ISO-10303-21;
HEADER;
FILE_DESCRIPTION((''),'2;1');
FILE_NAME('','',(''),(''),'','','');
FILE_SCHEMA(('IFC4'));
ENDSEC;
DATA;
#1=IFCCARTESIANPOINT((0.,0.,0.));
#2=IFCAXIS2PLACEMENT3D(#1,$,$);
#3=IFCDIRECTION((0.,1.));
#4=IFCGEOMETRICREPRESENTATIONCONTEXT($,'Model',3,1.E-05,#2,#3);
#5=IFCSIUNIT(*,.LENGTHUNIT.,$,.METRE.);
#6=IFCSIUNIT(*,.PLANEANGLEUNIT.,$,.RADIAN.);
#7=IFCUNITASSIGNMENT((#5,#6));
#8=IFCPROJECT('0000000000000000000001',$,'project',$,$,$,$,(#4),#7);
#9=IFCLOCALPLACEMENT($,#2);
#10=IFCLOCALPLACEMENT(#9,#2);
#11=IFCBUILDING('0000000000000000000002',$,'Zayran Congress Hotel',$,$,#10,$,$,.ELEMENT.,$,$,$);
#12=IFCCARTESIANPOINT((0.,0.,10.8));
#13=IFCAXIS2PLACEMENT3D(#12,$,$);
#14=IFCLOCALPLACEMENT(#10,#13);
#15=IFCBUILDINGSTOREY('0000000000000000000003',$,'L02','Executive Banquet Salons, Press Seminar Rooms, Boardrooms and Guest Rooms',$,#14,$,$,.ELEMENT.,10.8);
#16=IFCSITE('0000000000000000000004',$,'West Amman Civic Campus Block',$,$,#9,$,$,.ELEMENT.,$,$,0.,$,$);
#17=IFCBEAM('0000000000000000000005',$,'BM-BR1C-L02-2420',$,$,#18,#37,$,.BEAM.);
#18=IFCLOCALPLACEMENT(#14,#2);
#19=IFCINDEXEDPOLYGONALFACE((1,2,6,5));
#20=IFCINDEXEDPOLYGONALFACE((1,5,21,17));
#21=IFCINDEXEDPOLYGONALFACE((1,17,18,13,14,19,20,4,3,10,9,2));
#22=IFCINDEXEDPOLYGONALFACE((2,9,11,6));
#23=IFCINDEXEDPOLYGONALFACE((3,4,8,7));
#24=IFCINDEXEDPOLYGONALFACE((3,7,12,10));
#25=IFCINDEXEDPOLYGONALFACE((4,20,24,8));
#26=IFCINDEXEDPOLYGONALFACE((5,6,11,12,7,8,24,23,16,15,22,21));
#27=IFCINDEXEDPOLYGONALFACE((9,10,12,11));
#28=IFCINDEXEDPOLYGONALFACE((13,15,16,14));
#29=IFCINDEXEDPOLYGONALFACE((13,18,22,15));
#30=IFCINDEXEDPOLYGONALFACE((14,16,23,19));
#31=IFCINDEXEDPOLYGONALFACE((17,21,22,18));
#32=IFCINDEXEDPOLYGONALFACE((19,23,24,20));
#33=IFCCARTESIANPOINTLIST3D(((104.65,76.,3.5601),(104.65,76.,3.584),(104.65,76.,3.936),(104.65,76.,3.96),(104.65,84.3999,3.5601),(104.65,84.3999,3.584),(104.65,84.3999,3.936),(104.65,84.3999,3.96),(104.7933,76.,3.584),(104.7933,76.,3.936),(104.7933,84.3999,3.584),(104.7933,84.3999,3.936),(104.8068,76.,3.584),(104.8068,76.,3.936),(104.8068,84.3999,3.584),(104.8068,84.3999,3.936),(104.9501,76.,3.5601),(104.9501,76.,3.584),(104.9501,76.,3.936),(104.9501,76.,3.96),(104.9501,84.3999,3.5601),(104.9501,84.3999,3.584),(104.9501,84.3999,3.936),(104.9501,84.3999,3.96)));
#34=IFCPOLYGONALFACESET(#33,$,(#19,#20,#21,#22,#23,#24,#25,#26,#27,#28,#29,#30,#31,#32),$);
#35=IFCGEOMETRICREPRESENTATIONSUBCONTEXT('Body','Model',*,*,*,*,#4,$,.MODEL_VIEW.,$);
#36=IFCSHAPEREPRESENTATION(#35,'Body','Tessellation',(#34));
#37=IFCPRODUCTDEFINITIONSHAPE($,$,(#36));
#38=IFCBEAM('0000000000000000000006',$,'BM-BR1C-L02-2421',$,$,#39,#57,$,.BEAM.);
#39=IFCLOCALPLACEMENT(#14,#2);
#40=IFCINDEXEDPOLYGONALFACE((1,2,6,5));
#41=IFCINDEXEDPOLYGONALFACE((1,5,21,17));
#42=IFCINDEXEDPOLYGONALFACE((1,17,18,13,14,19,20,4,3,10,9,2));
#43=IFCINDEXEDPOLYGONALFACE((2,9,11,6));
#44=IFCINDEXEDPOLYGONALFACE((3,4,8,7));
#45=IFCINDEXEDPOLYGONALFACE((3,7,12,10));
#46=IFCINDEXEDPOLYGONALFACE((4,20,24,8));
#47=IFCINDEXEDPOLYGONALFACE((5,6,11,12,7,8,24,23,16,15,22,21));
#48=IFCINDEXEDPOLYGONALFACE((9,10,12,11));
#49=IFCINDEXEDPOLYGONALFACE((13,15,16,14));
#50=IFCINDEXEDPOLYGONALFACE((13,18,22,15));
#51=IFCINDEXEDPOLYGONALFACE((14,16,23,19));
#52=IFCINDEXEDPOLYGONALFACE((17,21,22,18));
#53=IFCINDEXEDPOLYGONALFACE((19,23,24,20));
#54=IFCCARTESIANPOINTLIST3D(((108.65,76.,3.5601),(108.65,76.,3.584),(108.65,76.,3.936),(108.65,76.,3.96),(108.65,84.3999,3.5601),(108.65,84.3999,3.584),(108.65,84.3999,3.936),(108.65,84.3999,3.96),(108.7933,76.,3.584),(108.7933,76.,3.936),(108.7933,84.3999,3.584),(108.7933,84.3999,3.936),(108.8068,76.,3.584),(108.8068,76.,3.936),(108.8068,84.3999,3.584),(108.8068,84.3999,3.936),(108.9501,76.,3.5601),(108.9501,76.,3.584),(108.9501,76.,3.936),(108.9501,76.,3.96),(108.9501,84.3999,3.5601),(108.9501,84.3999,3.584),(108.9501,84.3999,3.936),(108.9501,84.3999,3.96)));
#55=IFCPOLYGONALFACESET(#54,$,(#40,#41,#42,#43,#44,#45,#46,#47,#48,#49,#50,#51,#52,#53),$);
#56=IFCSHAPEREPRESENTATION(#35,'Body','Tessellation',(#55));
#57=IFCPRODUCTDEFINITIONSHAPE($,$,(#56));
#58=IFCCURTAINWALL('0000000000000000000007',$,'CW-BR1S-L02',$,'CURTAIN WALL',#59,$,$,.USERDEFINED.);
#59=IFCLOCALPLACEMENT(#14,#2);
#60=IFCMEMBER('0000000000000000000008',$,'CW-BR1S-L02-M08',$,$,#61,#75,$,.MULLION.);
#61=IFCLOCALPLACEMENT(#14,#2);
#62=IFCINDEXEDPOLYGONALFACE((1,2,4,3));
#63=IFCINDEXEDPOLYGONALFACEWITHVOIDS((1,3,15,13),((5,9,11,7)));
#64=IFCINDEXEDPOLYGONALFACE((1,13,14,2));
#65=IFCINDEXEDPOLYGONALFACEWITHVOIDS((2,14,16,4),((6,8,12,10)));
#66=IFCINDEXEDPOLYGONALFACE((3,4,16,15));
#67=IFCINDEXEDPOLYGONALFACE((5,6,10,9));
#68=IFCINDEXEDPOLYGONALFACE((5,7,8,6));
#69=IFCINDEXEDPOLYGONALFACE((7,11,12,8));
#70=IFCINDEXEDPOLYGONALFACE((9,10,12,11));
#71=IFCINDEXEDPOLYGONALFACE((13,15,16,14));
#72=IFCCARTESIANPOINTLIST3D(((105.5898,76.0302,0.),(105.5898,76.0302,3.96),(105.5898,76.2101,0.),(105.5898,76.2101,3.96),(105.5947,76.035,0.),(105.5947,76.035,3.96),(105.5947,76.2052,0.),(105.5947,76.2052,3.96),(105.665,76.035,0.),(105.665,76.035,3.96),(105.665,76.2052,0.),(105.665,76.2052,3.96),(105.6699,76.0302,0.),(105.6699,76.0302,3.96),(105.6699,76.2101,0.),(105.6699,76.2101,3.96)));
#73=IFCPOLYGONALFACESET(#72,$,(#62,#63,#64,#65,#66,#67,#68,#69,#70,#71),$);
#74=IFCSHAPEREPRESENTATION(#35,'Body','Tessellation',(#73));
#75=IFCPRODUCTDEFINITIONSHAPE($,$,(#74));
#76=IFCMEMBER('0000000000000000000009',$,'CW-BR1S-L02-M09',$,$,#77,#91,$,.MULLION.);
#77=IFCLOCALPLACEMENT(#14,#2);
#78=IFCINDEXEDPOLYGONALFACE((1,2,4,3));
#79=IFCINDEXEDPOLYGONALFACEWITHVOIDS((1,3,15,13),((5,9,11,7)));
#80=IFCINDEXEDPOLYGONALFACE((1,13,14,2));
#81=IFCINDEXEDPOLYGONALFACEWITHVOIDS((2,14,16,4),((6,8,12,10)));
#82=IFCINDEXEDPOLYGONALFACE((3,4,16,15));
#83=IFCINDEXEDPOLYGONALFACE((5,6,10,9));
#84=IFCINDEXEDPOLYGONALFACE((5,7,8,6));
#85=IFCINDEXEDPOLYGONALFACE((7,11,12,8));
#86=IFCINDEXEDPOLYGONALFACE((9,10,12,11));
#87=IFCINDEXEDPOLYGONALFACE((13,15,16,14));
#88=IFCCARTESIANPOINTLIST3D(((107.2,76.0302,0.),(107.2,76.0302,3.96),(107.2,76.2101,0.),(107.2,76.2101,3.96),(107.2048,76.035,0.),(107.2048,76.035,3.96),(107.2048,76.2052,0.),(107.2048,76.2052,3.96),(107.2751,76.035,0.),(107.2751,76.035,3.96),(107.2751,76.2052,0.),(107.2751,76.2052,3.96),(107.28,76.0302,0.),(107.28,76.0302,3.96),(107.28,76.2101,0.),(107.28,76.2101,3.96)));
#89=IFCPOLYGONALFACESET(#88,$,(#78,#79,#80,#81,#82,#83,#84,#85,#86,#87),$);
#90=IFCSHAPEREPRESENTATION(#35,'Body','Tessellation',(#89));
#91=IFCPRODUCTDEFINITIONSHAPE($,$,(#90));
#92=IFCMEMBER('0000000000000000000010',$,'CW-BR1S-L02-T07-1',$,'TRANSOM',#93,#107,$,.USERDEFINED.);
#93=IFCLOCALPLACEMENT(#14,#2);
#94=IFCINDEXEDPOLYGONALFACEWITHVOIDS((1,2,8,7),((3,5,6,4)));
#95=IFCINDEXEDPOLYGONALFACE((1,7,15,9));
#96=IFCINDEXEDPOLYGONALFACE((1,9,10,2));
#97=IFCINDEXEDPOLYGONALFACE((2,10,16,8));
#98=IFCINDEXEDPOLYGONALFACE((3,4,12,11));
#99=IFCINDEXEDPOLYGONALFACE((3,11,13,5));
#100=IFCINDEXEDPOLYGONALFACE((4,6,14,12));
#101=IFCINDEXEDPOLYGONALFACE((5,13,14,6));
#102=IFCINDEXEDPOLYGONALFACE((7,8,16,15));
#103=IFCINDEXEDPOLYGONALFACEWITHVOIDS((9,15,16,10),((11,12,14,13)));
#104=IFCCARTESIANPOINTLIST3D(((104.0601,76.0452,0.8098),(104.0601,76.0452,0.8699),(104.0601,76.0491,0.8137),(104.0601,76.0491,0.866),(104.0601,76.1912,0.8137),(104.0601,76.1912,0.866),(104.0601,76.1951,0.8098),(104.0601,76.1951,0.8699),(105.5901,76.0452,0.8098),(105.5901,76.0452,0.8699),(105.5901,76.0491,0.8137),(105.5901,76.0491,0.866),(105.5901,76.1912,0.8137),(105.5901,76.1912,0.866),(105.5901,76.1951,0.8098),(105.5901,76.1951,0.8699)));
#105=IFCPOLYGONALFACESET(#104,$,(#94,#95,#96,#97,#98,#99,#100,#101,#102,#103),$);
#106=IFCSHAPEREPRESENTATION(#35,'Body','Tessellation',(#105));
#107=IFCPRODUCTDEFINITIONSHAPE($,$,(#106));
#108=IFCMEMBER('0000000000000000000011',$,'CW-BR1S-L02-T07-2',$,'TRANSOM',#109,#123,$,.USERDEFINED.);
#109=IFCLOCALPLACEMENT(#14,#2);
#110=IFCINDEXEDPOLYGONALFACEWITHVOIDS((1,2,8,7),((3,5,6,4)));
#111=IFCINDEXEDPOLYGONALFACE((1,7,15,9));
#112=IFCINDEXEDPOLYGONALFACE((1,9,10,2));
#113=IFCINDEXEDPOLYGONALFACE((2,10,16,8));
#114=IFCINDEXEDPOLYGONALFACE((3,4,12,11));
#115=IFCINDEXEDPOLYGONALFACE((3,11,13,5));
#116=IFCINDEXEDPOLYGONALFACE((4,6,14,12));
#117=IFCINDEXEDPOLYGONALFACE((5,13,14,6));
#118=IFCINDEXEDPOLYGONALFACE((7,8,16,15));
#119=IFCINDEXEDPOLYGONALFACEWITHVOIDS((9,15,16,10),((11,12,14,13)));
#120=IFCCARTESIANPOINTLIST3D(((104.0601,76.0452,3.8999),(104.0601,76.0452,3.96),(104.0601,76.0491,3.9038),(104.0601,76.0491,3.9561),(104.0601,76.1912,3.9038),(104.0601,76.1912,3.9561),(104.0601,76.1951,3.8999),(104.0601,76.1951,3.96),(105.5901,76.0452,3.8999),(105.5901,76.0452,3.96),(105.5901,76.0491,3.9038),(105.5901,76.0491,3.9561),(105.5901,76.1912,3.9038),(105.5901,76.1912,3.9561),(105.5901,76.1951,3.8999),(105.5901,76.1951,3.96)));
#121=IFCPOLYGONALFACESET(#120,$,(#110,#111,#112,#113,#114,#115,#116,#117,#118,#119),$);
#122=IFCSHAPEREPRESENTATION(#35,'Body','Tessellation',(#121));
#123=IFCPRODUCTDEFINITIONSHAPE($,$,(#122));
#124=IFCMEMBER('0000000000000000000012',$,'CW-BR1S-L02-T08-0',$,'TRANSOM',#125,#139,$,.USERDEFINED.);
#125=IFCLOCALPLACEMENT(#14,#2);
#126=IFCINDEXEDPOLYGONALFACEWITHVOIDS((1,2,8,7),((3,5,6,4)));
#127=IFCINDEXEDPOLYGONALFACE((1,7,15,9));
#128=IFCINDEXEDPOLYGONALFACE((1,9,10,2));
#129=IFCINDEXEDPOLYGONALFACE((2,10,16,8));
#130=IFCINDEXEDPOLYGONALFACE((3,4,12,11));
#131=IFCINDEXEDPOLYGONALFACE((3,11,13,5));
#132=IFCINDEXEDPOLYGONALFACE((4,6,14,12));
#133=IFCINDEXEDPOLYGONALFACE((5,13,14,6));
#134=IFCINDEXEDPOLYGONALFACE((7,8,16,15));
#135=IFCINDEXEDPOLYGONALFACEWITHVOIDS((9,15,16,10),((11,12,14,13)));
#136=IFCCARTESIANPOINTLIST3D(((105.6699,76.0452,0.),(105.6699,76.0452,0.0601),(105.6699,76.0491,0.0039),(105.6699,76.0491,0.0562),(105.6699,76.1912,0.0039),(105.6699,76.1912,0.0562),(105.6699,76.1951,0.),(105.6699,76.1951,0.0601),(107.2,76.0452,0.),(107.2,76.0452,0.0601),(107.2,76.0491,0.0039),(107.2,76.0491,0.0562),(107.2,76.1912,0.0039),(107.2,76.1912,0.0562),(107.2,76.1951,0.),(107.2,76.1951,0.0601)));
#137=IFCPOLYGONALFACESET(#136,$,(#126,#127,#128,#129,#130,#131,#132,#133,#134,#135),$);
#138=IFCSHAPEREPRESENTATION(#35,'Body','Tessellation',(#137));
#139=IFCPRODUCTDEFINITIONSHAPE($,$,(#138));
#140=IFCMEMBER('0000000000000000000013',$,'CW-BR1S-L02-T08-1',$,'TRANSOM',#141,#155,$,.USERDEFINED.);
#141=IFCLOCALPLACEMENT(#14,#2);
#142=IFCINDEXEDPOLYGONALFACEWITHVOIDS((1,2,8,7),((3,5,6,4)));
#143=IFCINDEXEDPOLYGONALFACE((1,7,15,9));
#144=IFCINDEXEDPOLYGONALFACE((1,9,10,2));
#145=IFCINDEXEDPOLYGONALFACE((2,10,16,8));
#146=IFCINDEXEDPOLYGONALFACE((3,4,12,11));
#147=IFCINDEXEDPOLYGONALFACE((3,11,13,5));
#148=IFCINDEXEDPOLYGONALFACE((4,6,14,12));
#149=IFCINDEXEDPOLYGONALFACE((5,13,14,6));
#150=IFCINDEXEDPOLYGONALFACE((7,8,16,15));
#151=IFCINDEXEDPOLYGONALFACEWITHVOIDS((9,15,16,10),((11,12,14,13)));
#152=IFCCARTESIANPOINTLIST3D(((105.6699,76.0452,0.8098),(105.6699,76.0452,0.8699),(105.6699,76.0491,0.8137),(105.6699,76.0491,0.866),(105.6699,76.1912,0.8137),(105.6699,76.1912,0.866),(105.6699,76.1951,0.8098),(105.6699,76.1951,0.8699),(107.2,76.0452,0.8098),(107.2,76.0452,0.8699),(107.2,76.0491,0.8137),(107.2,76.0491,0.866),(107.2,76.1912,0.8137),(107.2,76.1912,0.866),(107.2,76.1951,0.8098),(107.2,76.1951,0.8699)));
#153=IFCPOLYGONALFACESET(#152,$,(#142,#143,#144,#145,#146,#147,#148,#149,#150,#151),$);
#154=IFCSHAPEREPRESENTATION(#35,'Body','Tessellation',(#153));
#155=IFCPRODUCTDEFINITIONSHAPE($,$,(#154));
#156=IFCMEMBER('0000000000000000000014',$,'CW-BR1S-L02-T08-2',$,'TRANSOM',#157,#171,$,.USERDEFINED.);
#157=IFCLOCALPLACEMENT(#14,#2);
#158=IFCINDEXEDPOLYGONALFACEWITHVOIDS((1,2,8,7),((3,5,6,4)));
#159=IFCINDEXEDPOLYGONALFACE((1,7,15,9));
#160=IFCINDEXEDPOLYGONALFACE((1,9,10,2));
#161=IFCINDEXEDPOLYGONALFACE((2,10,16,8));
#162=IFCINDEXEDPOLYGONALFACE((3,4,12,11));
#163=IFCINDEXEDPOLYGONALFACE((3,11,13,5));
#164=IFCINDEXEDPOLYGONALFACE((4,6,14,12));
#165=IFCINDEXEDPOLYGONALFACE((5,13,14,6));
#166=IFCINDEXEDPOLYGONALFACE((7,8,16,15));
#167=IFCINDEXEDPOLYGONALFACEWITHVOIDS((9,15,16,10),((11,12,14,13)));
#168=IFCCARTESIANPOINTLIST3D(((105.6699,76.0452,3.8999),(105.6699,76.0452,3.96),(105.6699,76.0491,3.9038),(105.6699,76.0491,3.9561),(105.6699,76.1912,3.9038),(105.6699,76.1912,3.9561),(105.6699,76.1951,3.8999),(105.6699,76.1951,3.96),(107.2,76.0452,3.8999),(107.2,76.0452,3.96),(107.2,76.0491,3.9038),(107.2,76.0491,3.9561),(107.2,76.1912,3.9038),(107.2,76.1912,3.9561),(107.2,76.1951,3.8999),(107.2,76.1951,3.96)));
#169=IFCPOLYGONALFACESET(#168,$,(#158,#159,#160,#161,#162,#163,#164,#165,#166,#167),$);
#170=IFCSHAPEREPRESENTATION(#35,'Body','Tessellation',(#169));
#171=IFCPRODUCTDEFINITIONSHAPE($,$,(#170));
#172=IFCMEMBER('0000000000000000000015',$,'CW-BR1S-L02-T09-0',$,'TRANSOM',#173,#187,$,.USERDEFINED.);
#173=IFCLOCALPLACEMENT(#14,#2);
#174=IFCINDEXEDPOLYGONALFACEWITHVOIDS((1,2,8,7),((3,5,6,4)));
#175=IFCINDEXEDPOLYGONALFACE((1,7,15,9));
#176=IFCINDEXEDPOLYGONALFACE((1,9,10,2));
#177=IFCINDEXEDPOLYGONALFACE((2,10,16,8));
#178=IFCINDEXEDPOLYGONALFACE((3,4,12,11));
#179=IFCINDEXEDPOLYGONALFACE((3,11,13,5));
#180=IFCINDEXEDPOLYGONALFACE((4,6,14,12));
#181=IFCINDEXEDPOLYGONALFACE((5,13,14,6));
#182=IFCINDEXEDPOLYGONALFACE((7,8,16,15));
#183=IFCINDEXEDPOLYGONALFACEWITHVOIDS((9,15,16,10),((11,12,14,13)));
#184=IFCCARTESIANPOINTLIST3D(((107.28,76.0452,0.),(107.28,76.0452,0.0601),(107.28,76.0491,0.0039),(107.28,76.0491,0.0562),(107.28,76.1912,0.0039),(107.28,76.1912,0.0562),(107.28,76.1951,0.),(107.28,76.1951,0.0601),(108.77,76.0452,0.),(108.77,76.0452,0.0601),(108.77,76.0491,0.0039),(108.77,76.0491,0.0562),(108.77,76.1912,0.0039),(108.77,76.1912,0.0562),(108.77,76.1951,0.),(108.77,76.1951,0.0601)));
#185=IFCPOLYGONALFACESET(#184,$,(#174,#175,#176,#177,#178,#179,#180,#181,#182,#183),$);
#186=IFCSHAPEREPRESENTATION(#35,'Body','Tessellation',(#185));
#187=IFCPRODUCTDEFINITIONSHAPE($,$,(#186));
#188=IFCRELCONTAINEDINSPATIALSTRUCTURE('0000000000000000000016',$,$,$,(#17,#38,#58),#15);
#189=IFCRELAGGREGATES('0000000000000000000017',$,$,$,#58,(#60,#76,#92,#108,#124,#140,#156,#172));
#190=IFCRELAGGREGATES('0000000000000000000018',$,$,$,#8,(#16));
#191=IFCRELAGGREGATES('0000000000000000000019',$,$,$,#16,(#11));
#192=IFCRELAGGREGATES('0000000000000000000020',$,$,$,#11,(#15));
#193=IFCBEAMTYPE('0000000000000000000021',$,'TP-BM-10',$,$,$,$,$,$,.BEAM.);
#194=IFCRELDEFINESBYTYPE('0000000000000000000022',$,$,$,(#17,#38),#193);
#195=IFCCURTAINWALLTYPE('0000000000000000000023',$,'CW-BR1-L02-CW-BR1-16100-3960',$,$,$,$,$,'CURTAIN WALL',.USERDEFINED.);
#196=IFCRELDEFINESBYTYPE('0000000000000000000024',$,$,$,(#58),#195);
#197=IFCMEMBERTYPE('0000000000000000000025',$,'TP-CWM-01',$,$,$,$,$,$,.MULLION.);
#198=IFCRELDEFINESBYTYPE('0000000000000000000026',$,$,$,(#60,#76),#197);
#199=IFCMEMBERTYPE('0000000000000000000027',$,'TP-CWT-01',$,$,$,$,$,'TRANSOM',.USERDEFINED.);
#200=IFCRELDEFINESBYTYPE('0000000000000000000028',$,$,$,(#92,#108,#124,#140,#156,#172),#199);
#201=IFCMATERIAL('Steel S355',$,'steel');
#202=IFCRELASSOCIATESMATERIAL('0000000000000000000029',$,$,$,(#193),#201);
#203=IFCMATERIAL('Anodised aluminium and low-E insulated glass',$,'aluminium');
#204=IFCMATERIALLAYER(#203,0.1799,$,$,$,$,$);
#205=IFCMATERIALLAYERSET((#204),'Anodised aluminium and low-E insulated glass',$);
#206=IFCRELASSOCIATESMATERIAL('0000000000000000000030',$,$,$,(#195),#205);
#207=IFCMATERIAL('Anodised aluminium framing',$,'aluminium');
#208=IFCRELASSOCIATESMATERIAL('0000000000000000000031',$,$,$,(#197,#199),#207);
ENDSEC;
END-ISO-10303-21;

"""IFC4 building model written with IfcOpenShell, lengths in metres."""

from ifc_helpers import new_model, si_unit, direction, frame, origin, origin_2d, place, context, subcontext, project, spatial, hollow_rectangle, i_section, extrude, material, layer, layer_set, material_profile, profile_set, type_object, element, aggregate, save


model = new_model("IFC4")

# Units and contexts
model_context = context("Model", 3, precision=1e-05, world=origin(), true_north=direction((0.0, 1.0)))
body_context = subcontext(model_context, "Body", "Model", "MODEL_VIEW")
ifc_project = project(units=[si_unit("LENGTHUNIT", "METRE"), si_unit("PLANEANGLEUNIT", "RADIAN")], contexts=[model_context])

# Site, building, storey
site_placement = place(None, origin())
site = spatial("IfcSite", under=ifc_project, at=site_placement, Name="West Amman Civic Campus Block", CompositionType="ELEMENT", RefElevation=0.0)
building_placement = place(site_placement, origin())
building = spatial("IfcBuilding", under=site, at=building_placement, Name="Zayran Congress Hotel", CompositionType="ELEMENT")
storey_placement = place(building_placement, frame((0.0, 0.0, 10.8)))
storey = spatial("IfcBuildingStorey", under=building, at=storey_placement, Name="L02", Description="Executive Banquet Salons, Press Seminar Rooms, Boardrooms and Guest Rooms", CompositionType="ELEMENT", Elevation=10.8)

# Beams
ifc_material_1 = material(Name="Steel S355", Category="steel")
ifc_material_profile_1 = material_profile(ifc_material_1, i_section(OverallWidth=0.3, OverallDepth=0.3999, WebThickness=0.0134, FlangeThickness=0.0239, at=origin_2d()), Name="HEB 400")
ifc_profile_set_1 = profile_set([ifc_material_profile_1], Name="Steel S355")
beam_type = type_object("IfcBeamType", Name="TP-BM-10", PredefinedType="BEAM", material=ifc_profile_set_1)
for number, where, z_axis, x_axis, name in (
    (1, (104.8, 76.0, 3.76), (0.0, 1.0, 0.0), (-1.0, 0.0, 0.0), "BM-BR1C-L02-2420"),
    (2, (108.8, 76.0, 3.76), (0.0, 1.0, 0.0), (-1.0, 0.0, 0.0), "BM-BR1C-L02-2421"),
):
    element("IfcBeam", number, at=place(storey_placement, frame(where, z_axis=z_axis, x_axis=x_axis)), inside=storey, type_object=beam_type, Name=name, PredefinedType="BEAM", context=body_context, shape_type="SweptSolid", body=[
        extrude(i_section(OverallWidth=0.3, OverallDepth=0.3999, WebThickness=0.0134, FlangeThickness=0.0239, at=origin_2d()), origin(), (0.0, 0.0, 1.0), 8.3999),
    ])

# Curtain wall, members
ifc_material_2 = material(Name="Anodised aluminium and low-E insulated glass", Category="aluminium")
ifc_layer_1 = layer(ifc_material_2, 0.1799)
ifc_layer_set_1 = layer_set([ifc_layer_1], Name="Anodised aluminium and low-E insulated glass")
curtain_wall_type_1 = type_object("IfcCurtainWallType", Name="CW-BR1-L02-CW-BR1-16100-3960", ElementType="CURTAIN WALL", PredefinedType="USERDEFINED", material=ifc_layer_set_1)
curtain_wall_1_placement = place(storey_placement, origin())
curtain_wall_1 = element("IfcCurtainWall", 3, at=curtain_wall_1_placement, inside=storey, type_object=curtain_wall_type_1, Name="CW-BR1S-L02", ObjectType="CURTAIN WALL", PredefinedType="USERDEFINED")
ifc_material_3 = material(Name="Anodised aluminium framing", Category="aluminium")
ifc_material_profile_2 = material_profile(ifc_material_3, hollow_rectangle(XDim=0.0801, YDim=0.1799, WallThickness=0.0049, at=origin_2d()), Name="RHS 180x80x5")
ifc_profile_set_2 = profile_set([ifc_material_profile_2], Name="Anodised aluminium framing")
member_type_1 = type_object("IfcMemberType", Name="TP-CWM-01", PredefinedType="MULLION", material=ifc_profile_set_2)
member_1_placement = place(storey_placement, frame((105.6299, 76.1201, 0.0), z_axis=(0.0, 0.0, 1.0), x_axis=(1.0, 0.0, 0.0)))
member_1 = element("IfcMember", 4, at=member_1_placement, type_object=member_type_1, Name="CW-BR1S-L02-M08", PredefinedType="MULLION", context=body_context, shape_type="SweptSolid", body=[
    extrude(hollow_rectangle(XDim=0.0801, YDim=0.1799, WallThickness=0.0049, at=origin_2d()), origin(), (0.0, 0.0, 1.0), 3.96),
])
member_2_placement = place(storey_placement, frame((107.24, 76.1201, 0.0), z_axis=(0.0, 0.0, 1.0), x_axis=(1.0, 0.0, 0.0)))
member_2 = element("IfcMember", 5, at=member_2_placement, type_object=member_type_1, Name="CW-BR1S-L02-M09", PredefinedType="MULLION", context=body_context, shape_type="SweptSolid", body=[
    extrude(hollow_rectangle(XDim=0.0801, YDim=0.1799, WallThickness=0.0049, at=origin_2d()), origin(), (0.0, 0.0, 1.0), 3.96),
])
ifc_material_profile_3 = material_profile(ifc_material_3, hollow_rectangle(XDim=0.0601, YDim=0.1499, WallThickness=0.0039, at=origin_2d()), Name="RHS 150x60x4")
ifc_profile_set_3 = profile_set([ifc_material_profile_3], Name="Anodised aluminium framing")
member_type_2 = type_object("IfcMemberType", Name="TP-CWT-01", ElementType="TRANSOM", PredefinedType="USERDEFINED", material=ifc_profile_set_3)
member_3_placement = place(storey_placement, frame((104.0601, 76.1201, 0.8398), z_axis=(1.0, 0.0, 0.0), x_axis=(0.0, 0.0, 1.0)))
member_3 = element("IfcMember", 6, at=member_3_placement, type_object=member_type_2, Name="CW-BR1S-L02-T07-1", ObjectType="TRANSOM", PredefinedType="USERDEFINED", context=body_context, shape_type="SweptSolid", body=[
    extrude(hollow_rectangle(XDim=0.0601, YDim=0.1499, WallThickness=0.0039, at=origin_2d()), origin(), (0.0, 0.0, 1.0), 1.53),
])
member_4_placement = place(storey_placement, frame((104.0601, 76.1201, 3.9299), z_axis=(1.0, 0.0, 0.0), x_axis=(0.0, 0.0, 1.0)))
member_4 = element("IfcMember", 7, at=member_4_placement, type_object=member_type_2, Name="CW-BR1S-L02-T07-2", ObjectType="TRANSOM", PredefinedType="USERDEFINED", context=body_context, shape_type="SweptSolid", body=[
    extrude(hollow_rectangle(XDim=0.0601, YDim=0.1499, WallThickness=0.0039, at=origin_2d()), origin(), (0.0, 0.0, 1.0), 1.53),
])
member_5_placement = place(storey_placement, frame((105.6699, 76.1201, 0.03), z_axis=(1.0, 0.0, 0.0), x_axis=(0.0, 0.0, 1.0)))
member_5 = element("IfcMember", 8, at=member_5_placement, type_object=member_type_2, Name="CW-BR1S-L02-T08-0", ObjectType="TRANSOM", PredefinedType="USERDEFINED", context=body_context, shape_type="SweptSolid", body=[
    extrude(hollow_rectangle(XDim=0.0601, YDim=0.1499, WallThickness=0.0039, at=origin_2d()), origin(), (0.0, 0.0, 1.0), 1.53),
])
member_6_placement = place(storey_placement, frame((105.6699, 76.1201, 0.8398), z_axis=(1.0, 0.0, 0.0), x_axis=(0.0, 0.0, 1.0)))
member_6 = element("IfcMember", 9, at=member_6_placement, type_object=member_type_2, Name="CW-BR1S-L02-T08-1", ObjectType="TRANSOM", PredefinedType="USERDEFINED", context=body_context, shape_type="SweptSolid", body=[
    extrude(hollow_rectangle(XDim=0.0601, YDim=0.1499, WallThickness=0.0039, at=origin_2d()), origin(), (0.0, 0.0, 1.0), 1.53),
])
member_7_placement = place(storey_placement, frame((105.6699, 76.1201, 3.9299), z_axis=(1.0, 0.0, 0.0), x_axis=(0.0, 0.0, 1.0)))
member_7 = element("IfcMember", 10, at=member_7_placement, type_object=member_type_2, Name="CW-BR1S-L02-T08-2", ObjectType="TRANSOM", PredefinedType="USERDEFINED", context=body_context, shape_type="SweptSolid", body=[
    extrude(hollow_rectangle(XDim=0.0601, YDim=0.1499, WallThickness=0.0039, at=origin_2d()), origin(), (0.0, 0.0, 1.0), 1.53),
])
member_8_placement = place(storey_placement, frame((107.28, 76.1201, 0.03), z_axis=(1.0, 0.0, 0.0), x_axis=(0.0, 0.0, 1.0)))
member_8 = element("IfcMember", 11, at=member_8_placement, type_object=member_type_2, Name="CW-BR1S-L02-T09-0", ObjectType="TRANSOM", PredefinedType="USERDEFINED", context=body_context, shape_type="SweptSolid", body=[
    extrude(hollow_rectangle(XDim=0.0601, YDim=0.1499, WallThickness=0.0039, at=origin_2d()), origin(), (0.0, 0.0, 1.0), 1.49),
])

aggregate(curtain_wall_1, [member_1, member_2, member_3, member_4, member_5, member_6, member_7, member_8])

save(model, "model.ifc")
